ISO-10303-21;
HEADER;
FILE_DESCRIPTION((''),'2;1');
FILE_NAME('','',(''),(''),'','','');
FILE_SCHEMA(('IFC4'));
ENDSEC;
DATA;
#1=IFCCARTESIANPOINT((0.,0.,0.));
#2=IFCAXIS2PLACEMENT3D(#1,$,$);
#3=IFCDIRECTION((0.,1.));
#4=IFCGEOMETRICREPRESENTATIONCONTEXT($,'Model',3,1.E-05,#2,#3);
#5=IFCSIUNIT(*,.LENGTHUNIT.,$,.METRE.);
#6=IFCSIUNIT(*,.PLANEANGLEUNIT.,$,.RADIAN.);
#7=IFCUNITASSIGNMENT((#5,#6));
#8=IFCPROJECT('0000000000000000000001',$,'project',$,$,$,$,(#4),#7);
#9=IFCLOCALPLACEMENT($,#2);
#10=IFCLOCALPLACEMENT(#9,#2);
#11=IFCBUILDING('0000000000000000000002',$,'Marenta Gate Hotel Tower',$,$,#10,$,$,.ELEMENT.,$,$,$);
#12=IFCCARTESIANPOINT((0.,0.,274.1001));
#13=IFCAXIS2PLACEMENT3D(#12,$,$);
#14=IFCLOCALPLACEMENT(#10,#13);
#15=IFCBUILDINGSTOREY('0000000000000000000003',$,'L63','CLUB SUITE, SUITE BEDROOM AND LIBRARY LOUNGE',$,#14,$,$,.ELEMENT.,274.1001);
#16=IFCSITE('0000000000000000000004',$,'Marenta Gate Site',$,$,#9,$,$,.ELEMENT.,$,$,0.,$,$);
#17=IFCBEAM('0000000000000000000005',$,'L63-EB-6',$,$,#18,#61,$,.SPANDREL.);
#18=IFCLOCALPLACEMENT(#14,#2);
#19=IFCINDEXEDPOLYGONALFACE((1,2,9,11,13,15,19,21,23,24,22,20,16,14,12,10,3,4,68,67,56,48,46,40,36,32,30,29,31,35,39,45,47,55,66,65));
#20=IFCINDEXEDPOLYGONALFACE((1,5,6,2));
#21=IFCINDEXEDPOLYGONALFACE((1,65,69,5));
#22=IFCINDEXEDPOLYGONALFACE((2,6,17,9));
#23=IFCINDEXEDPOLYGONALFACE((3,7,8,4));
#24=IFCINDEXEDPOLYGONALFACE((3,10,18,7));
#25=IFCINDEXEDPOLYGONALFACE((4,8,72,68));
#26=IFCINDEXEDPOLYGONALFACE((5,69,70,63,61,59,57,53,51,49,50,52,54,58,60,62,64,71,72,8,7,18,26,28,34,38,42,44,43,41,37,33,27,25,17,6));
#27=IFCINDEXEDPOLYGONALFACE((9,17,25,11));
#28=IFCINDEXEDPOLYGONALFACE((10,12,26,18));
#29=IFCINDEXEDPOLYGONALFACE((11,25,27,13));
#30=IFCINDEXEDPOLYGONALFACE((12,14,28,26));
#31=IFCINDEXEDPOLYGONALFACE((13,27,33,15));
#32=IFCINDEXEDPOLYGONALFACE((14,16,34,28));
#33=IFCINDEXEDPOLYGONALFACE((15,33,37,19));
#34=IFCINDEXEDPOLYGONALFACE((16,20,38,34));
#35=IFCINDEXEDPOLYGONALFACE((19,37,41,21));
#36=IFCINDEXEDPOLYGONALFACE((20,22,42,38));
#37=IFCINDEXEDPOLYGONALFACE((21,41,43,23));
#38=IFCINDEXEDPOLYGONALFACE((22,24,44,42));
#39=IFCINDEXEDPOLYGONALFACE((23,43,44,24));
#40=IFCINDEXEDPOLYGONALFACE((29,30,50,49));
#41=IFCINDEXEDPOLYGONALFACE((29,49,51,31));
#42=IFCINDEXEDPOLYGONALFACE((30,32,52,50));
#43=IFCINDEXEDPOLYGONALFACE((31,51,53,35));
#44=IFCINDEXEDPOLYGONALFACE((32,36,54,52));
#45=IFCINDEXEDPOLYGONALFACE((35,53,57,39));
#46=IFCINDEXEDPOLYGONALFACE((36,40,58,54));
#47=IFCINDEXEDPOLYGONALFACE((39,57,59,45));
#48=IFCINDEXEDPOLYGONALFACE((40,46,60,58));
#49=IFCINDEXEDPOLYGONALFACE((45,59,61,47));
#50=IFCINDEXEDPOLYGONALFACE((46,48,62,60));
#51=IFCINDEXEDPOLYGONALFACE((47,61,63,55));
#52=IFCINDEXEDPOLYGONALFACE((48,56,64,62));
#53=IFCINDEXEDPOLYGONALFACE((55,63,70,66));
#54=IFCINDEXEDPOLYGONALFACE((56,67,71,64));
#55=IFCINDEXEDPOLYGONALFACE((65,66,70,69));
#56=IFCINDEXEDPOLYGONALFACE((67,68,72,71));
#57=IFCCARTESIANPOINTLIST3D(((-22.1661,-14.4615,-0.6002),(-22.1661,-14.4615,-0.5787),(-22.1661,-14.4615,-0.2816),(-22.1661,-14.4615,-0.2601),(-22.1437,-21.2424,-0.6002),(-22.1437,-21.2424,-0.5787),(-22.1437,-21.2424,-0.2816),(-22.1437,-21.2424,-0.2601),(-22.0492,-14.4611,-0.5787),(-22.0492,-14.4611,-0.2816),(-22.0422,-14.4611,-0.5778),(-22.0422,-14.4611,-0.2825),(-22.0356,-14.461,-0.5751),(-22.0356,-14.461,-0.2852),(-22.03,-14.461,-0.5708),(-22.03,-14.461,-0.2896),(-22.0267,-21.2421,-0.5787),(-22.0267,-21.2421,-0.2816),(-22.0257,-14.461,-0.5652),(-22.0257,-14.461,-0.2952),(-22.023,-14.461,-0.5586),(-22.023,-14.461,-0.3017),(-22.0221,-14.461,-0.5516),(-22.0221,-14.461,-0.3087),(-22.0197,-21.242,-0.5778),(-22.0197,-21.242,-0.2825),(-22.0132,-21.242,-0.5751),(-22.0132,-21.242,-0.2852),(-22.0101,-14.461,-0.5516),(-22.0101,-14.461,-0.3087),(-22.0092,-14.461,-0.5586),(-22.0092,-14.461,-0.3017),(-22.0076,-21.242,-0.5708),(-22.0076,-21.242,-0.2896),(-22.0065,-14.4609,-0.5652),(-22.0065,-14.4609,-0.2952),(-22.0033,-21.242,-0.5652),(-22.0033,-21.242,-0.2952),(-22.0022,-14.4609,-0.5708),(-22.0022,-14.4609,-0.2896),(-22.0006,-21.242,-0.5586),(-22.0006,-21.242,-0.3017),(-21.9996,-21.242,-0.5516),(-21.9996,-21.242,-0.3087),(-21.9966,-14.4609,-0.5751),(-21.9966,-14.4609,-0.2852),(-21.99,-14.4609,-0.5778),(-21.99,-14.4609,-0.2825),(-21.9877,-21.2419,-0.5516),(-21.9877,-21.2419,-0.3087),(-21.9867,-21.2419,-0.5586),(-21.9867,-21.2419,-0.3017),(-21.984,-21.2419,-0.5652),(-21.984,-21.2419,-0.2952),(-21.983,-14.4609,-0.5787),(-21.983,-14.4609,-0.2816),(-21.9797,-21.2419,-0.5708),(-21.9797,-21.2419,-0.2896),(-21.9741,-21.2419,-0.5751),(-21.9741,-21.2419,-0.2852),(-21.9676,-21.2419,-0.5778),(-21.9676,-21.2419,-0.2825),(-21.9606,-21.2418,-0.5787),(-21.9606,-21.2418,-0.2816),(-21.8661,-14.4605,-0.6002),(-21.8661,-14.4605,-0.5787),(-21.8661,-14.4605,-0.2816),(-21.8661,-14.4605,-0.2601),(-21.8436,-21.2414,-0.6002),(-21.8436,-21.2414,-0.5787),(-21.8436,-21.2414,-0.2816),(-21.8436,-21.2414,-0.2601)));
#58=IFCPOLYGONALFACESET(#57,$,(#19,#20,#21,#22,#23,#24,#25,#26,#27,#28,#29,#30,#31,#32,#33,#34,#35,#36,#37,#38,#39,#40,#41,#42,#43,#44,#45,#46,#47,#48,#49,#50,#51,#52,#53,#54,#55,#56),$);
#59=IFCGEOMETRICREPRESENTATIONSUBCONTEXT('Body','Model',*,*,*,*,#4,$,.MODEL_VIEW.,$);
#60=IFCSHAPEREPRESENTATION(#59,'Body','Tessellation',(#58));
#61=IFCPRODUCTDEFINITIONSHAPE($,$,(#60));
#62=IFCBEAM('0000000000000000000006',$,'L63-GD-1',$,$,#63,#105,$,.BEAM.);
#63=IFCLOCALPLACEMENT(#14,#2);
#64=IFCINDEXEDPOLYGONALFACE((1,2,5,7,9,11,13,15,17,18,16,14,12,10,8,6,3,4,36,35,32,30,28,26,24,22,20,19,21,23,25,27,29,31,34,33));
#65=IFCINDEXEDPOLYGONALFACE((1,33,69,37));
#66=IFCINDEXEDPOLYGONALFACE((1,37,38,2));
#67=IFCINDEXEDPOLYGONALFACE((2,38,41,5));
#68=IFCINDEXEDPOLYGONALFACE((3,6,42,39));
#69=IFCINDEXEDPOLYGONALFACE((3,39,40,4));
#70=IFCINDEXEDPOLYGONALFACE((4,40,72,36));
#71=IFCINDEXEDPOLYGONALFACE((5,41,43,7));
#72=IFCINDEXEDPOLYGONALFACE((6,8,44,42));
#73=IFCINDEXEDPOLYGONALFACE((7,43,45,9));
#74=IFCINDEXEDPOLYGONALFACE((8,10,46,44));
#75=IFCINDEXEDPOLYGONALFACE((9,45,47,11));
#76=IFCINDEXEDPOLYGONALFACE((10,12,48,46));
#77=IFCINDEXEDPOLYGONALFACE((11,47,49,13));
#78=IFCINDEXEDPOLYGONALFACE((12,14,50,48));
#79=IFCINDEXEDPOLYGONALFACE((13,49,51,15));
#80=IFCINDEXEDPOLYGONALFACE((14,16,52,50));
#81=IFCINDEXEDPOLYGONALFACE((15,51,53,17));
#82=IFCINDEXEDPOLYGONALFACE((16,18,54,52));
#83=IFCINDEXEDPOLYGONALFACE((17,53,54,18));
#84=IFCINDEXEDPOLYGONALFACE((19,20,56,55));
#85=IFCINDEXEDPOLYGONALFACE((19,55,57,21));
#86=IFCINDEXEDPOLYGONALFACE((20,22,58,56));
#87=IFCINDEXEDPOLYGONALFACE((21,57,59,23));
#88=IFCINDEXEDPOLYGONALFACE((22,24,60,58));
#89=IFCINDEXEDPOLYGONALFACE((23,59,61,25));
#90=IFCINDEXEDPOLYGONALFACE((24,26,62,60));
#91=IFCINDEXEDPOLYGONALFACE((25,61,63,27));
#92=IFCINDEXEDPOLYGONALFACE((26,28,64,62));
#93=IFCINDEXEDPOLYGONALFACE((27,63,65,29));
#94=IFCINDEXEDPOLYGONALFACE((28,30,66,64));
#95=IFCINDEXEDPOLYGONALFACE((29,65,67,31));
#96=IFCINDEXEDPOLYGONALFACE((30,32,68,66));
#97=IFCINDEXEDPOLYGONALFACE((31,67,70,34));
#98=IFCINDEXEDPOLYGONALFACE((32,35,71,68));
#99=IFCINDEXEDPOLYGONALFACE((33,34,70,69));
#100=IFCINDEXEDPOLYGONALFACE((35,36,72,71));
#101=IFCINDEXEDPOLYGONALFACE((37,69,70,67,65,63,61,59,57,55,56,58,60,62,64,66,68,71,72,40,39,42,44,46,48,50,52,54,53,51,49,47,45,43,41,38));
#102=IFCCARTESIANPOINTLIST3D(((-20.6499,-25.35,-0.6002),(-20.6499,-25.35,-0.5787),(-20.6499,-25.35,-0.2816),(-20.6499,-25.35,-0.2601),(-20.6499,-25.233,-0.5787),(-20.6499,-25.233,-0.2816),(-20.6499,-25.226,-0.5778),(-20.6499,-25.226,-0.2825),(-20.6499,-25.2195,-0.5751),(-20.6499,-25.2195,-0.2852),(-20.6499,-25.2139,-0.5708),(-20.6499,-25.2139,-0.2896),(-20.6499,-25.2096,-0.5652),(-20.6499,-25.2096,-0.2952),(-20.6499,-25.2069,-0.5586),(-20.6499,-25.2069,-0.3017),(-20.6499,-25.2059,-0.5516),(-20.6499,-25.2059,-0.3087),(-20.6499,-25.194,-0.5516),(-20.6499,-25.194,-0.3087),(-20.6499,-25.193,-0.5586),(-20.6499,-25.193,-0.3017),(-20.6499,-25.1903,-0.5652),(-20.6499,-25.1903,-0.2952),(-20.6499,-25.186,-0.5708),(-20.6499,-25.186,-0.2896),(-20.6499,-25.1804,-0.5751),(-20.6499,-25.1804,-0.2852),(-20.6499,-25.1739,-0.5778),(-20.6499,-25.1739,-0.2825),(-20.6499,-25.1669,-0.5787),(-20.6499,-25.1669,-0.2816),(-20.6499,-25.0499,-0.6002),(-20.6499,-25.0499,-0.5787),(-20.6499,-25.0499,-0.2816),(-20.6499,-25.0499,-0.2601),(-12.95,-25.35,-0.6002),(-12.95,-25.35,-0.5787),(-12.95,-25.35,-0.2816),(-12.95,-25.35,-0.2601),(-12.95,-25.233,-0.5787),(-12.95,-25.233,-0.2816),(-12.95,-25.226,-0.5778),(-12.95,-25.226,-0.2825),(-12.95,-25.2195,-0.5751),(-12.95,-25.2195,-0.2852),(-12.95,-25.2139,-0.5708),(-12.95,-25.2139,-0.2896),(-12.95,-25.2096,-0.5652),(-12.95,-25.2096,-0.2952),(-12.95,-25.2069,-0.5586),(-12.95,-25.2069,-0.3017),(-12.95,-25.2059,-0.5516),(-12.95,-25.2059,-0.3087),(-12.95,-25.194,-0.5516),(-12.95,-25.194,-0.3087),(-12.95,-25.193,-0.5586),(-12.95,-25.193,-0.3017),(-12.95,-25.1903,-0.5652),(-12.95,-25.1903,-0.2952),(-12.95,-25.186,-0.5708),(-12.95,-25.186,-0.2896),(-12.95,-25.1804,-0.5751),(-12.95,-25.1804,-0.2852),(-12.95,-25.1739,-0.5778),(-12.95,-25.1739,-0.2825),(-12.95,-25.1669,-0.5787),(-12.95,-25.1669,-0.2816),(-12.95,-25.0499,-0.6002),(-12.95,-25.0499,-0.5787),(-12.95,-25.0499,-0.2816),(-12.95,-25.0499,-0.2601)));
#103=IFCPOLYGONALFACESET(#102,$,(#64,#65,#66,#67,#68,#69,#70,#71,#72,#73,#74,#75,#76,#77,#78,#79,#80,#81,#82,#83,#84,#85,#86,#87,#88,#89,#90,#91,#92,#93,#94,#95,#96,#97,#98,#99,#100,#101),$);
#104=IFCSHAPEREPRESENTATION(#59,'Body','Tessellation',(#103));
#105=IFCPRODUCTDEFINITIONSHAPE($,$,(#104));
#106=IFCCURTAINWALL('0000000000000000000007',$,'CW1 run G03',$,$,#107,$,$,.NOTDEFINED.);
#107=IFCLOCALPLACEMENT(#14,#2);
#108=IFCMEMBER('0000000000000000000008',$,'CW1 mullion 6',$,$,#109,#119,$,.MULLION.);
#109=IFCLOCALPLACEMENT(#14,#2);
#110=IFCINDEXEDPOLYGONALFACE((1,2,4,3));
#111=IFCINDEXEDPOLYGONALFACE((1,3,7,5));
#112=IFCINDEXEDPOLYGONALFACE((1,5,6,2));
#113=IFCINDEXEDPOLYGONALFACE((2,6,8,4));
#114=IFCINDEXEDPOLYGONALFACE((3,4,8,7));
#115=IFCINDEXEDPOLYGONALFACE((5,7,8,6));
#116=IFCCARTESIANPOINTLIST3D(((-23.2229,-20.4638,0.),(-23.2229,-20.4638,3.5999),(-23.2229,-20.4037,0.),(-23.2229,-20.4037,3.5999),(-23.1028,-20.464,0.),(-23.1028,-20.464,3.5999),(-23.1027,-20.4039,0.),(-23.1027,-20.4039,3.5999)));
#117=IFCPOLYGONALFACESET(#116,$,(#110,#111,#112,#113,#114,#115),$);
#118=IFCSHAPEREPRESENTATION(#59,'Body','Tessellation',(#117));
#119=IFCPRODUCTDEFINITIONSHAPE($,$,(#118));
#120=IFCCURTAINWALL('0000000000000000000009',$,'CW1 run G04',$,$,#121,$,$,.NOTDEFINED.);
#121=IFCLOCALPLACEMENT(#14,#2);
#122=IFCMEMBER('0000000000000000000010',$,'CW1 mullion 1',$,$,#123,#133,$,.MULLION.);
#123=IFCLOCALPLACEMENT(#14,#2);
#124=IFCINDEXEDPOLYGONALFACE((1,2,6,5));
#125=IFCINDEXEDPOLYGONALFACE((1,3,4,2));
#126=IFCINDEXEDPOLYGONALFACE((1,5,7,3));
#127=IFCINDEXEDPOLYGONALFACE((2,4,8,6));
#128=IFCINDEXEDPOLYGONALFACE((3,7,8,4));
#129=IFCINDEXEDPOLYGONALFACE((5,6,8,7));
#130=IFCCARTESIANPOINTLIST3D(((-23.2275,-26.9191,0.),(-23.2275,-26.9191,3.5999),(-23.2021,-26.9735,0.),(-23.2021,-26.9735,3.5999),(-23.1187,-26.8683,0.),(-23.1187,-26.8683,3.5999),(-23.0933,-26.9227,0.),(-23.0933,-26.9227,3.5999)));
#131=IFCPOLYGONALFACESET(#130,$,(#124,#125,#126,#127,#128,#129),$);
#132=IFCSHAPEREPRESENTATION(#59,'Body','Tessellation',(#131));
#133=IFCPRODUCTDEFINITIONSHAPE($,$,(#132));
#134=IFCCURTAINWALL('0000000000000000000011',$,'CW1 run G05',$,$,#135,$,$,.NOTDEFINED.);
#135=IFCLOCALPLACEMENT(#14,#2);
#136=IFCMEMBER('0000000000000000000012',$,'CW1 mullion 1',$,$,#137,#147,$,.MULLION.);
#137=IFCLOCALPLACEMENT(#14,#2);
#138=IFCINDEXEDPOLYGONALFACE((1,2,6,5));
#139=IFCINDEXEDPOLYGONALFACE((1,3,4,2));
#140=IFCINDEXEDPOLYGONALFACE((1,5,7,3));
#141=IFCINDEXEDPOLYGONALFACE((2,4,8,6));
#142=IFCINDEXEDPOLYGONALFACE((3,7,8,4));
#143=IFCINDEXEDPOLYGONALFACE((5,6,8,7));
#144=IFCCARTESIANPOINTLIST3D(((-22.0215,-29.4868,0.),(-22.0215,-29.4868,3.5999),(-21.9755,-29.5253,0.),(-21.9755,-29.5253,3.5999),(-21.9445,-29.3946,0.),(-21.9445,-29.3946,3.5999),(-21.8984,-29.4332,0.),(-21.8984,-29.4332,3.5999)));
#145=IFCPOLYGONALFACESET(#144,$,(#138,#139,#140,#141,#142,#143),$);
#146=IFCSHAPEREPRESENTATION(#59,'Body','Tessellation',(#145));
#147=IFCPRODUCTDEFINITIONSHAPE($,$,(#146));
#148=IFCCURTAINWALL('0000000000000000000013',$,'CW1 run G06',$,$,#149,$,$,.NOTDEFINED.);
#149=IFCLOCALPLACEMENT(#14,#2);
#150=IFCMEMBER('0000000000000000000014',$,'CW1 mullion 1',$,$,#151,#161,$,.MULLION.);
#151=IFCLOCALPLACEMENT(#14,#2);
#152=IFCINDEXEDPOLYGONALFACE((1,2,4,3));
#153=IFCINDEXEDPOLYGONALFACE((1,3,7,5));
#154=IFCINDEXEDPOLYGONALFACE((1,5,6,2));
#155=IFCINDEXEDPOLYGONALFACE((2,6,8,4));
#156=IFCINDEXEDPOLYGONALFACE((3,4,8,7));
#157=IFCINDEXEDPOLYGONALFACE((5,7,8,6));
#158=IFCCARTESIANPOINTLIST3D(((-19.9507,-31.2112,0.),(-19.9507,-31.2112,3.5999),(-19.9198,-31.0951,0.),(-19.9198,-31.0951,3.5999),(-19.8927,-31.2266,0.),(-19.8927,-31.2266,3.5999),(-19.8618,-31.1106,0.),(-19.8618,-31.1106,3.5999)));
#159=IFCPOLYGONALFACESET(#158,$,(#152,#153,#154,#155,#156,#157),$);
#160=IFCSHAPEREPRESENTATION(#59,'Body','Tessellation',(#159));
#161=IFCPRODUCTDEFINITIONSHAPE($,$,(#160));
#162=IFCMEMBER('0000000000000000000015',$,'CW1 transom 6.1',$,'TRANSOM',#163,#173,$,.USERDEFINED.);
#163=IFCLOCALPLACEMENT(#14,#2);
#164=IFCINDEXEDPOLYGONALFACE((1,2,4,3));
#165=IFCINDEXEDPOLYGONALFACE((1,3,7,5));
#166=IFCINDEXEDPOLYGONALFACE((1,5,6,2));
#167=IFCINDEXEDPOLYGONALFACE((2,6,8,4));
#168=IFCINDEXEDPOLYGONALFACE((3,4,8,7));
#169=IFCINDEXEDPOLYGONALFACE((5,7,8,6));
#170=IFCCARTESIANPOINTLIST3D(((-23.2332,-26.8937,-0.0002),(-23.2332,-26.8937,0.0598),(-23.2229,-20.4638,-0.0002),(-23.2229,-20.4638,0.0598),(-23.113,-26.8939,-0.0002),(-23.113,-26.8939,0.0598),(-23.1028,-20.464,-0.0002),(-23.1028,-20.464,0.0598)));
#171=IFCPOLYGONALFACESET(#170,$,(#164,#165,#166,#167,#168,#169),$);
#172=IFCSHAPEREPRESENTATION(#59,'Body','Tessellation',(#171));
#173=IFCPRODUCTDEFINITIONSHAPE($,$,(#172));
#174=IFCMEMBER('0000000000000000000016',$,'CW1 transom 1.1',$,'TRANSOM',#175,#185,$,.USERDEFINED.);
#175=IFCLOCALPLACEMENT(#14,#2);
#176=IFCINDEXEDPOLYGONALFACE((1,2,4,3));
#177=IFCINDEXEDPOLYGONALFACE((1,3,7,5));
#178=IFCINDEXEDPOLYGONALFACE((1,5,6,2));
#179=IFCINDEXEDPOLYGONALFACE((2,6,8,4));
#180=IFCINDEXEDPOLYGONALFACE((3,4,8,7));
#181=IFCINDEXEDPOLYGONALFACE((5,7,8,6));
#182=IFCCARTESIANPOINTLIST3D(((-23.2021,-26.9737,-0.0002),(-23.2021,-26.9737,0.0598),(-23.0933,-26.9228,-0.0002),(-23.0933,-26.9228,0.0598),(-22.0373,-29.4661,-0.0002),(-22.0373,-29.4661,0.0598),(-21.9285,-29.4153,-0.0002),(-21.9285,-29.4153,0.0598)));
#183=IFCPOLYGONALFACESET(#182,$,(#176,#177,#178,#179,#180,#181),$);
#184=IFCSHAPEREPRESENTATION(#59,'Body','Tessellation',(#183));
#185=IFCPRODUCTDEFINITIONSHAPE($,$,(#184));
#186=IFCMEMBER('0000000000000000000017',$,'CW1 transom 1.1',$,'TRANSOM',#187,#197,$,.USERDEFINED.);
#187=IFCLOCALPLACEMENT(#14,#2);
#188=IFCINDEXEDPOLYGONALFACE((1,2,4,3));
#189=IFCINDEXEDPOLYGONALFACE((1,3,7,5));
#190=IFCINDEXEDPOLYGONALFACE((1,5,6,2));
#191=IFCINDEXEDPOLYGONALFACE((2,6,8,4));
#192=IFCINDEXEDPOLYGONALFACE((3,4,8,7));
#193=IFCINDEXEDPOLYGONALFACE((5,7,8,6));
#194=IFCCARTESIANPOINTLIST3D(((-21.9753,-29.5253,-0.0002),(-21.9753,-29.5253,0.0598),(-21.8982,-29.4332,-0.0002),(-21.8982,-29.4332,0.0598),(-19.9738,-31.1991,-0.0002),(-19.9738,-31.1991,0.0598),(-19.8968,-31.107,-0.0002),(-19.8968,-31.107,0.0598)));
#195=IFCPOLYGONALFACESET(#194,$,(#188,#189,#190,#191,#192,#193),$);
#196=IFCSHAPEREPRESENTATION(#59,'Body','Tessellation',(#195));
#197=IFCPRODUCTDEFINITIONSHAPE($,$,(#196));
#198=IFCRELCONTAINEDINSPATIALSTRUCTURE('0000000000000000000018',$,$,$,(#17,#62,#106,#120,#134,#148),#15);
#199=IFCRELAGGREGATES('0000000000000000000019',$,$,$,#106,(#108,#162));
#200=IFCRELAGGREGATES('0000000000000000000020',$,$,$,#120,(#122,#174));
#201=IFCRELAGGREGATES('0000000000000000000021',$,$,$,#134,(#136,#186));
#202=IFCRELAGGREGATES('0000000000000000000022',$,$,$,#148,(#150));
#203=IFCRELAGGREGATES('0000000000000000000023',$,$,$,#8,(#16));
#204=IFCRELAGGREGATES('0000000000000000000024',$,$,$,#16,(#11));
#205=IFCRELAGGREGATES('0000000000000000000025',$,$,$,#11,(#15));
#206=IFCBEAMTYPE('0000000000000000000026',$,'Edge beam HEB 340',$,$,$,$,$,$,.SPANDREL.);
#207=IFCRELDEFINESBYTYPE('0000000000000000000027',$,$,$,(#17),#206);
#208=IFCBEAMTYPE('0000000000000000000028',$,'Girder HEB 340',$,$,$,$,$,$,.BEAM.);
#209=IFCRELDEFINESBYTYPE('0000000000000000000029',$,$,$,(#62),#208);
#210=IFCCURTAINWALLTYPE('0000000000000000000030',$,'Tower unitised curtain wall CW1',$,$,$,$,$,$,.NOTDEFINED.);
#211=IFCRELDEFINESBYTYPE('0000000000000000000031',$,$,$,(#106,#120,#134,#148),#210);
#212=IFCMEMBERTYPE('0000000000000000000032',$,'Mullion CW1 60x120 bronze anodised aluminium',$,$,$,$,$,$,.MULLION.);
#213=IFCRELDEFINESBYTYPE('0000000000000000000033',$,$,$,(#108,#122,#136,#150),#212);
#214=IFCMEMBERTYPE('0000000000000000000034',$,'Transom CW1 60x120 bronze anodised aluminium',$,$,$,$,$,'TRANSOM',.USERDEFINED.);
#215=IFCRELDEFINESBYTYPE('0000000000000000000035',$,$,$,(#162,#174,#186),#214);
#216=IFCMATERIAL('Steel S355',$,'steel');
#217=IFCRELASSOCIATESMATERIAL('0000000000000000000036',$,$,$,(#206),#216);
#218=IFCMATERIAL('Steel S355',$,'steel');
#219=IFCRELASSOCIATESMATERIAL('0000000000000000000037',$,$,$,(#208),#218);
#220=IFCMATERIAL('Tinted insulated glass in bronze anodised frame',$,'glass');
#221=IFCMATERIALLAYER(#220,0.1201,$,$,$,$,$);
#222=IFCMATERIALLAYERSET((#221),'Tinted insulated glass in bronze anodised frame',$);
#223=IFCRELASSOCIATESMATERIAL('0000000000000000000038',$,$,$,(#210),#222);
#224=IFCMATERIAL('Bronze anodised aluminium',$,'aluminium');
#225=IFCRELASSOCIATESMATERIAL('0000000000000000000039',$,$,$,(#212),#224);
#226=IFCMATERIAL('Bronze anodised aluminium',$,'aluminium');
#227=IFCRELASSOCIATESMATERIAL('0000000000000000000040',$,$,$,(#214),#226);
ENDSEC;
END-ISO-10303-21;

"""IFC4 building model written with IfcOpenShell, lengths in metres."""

from ifc_helpers import new_model, si_unit, direction, frame, origin, origin_2d, place, context, subcontext, project, spatial, rectangle, i_section, extrude, material, layer, layer_set, material_profile, profile_set, type_object, element, aggregate, save


model = new_model("IFC4")

# Units and contexts
model_context = context("Model", 3, precision=1e-05, world=origin(), true_north=direction((0.0, 1.0)))
body_context = subcontext(model_context, "Body", "Model", "MODEL_VIEW")
ifc_project = project(units=[si_unit("LENGTHUNIT", "METRE"), si_unit("PLANEANGLEUNIT", "RADIAN")], contexts=[model_context])

# Site, building, storey
site_placement = place(None, origin())
site = spatial("IfcSite", under=ifc_project, at=site_placement, Name="Marenta Gate Site", CompositionType="ELEMENT", RefElevation=0.0)
building_placement = place(site_placement, origin())
building = spatial("IfcBuilding", under=site, at=building_placement, Name="Marenta Gate Hotel Tower", CompositionType="ELEMENT")
storey_placement = place(building_placement, frame((0.0, 0.0, 274.1001)))
storey = spatial("IfcBuildingStorey", under=building, at=storey_placement, Name="L63", Description="CLUB SUITE, SUITE BEDROOM AND LIBRARY LOUNGE", CompositionType="ELEMENT", Elevation=274.1001)

# Beams
ifc_material_1 = material(Name="Steel S355", Category="steel")
ifc_material_profile_1 = material_profile(ifc_material_1, i_section(OverallWidth=0.3, OverallDepth=0.3401, WebThickness=0.012, FlangeThickness=0.0215, FilletRadius=0.0271, at=origin_2d()), Name="HEB 340")
ifc_profile_set_1 = profile_set([ifc_material_profile_1], Name="Steel S355")
beam_type_1 = type_object("IfcBeamType", Name="Edge beam HEB 340", PredefinedType="SPANDREL", material=ifc_profile_set_1)
beam_1_placement = place(storey_placement, frame((-21.9937, -21.2419, -0.4302), z_axis=(-0.003312, 0.999995, 0.0), x_axis=(-0.999995, -0.003312, 0.0)))
element("IfcBeam", 1, at=beam_1_placement, inside=storey, type_object=beam_type_1, Name="L63-EB-6", PredefinedType="SPANDREL", context=body_context, shape_type="SweptSolid", body=[
    extrude(i_section(OverallWidth=0.3, OverallDepth=0.3401, WebThickness=0.012, FlangeThickness=0.0215, FilletRadius=0.0271, at=origin_2d()), origin(), (0.0, 0.0, 1.0), 6.781),
])
ifc_material_2 = material(Name="Steel S355", Category="steel")
ifc_material_profile_2 = material_profile(ifc_material_2, i_section(OverallWidth=0.3, OverallDepth=0.3401, WebThickness=0.012, FlangeThickness=0.0215, FilletRadius=0.0271, at=origin_2d()), Name="HEB 340")
ifc_profile_set_2 = profile_set([ifc_material_profile_2], Name="Steel S355")
beam_type_2 = type_object("IfcBeamType", Name="Girder HEB 340", PredefinedType="BEAM", material=ifc_profile_set_2)
beam_2_placement = place(storey_placement, frame((-20.6499, -25.2, -0.4302), z_axis=(1.0, 0.0, 0.0), x_axis=(0.0, 1.0, 0.0)))
element("IfcBeam", 2, at=beam_2_placement, inside=storey, type_object=beam_type_2, Name="L63-GD-1", PredefinedType="BEAM", context=body_context, shape_type="SweptSolid", body=[
    extrude(i_section(OverallWidth=0.3, OverallDepth=0.3401, WebThickness=0.012, FlangeThickness=0.0215, FilletRadius=0.0271, at=origin_2d()), origin(), (0.0, 0.0, 1.0), 7.7),
])

# Curtain walls, members
ifc_material_3 = material(Name="Tinted insulated glass in bronze anodised frame", Category="glass")
ifc_layer_1 = layer(ifc_material_3, 0.1201)
ifc_layer_set_1 = layer_set([ifc_layer_1], Name="Tinted insulated glass in bronze anodised frame")
curtain_wall_type = type_object("IfcCurtainWallType", Name="Tower unitised curtain wall CW1", PredefinedType="NOTDEFINED", material=ifc_layer_set_1)
curtain_wall_1_placement = place(storey_placement, origin())
curtain_wall_1 = element("IfcCurtainWall", 3, at=curtain_wall_1_placement, inside=storey, type_object=curtain_wall_type, Name="CW1 run G03", PredefinedType="NOTDEFINED")
ifc_material_4 = material(Name="Bronze anodised aluminium", Category="aluminium")
ifc_material_profile_3 = material_profile(ifc_material_4, rectangle(XDim=0.1201, YDim=0.0601, at=origin_2d()), Name="Mullion CW1 60x120 bronze anodised aluminium")
ifc_profile_set_3 = profile_set([ifc_material_profile_3], Name="Bronze anodised aluminium")
member_type_1 = type_object("IfcMemberType", Name="Mullion CW1 60x120 bronze anodised aluminium", PredefinedType="MULLION", material=ifc_profile_set_3)
member_1_placement = place(storey_placement, frame((-23.1628, -20.4338, 0.0), z_axis=(0.0, 0.0, 1.0), x_axis=(0.999999, -0.001566, 0.0)))
member_1 = element("IfcMember", 4, at=member_1_placement, type_object=member_type_1, Name="CW1 mullion 6", PredefinedType="MULLION", context=body_context, shape_type="SweptSolid", body=[
    extrude(rectangle(XDim=0.1201, YDim=0.0601, at=origin_2d()), origin(), (0.0, 0.0, 1.0), 3.5999),
])
curtain_wall_2_placement = place(storey_placement, origin())
curtain_wall_2 = element("IfcCurtainWall", 5, at=curtain_wall_2_placement, inside=storey, type_object=curtain_wall_type, Name="CW1 run G04", PredefinedType="NOTDEFINED")
member_2_placement = place(storey_placement, frame((-23.1604, -26.9209, 0.0), z_axis=(0.0, 0.0, 1.0), x_axis=(0.905972, 0.423337, 0.0)))
member_2 = element("IfcMember", 6, at=member_2_placement, type_object=member_type_1, Name="CW1 mullion 1", PredefinedType="MULLION", context=body_context, shape_type="SweptSolid", body=[
    extrude(rectangle(XDim=0.1201, YDim=0.0601, at=origin_2d()), origin(), (0.0, 0.0, 1.0), 3.5999),
])
curtain_wall_3_placement = place(storey_placement, origin())
curtain_wall_3 = element("IfcCurtainWall", 7, at=curtain_wall_3_placement, inside=storey, type_object=curtain_wall_type, Name="CW1 run G05", PredefinedType="NOTDEFINED")
member_3_placement = place(storey_placement, frame((-21.96, -29.46, 0.0), z_axis=(0.0, 0.0, 1.0), x_axis=(0.641525, 0.767102, 0.0)))
member_3 = element("IfcMember", 8, at=member_3_placement, type_object=member_type_1, Name="CW1 mullion 1", PredefinedType="MULLION", context=body_context, shape_type="SweptSolid", body=[
    extrude(rectangle(XDim=0.1201, YDim=0.0601, at=origin_2d()), origin(), (0.0, 0.0, 1.0), 3.5999),
])
curtain_wall_4_placement = place(storey_placement, origin())
curtain_wall_4 = element("IfcCurtainWall", 9, at=curtain_wall_4_placement, inside=storey, type_object=curtain_wall_type, Name="CW1 run G06", PredefinedType="NOTDEFINED")
member_4_placement = place(storey_placement, frame((-19.9062, -31.1609, 0.0), z_axis=(0.0, 0.0, 1.0), x_axis=(0.257134, 0.966376, 0.0)))
member_4 = element("IfcMember", 10, at=member_4_placement, type_object=member_type_1, Name="CW1 mullion 1", PredefinedType="MULLION", context=body_context, shape_type="SweptSolid", body=[
    extrude(rectangle(XDim=0.1201, YDim=0.0601, at=origin_2d()), origin(), (0.0, 0.0, 1.0), 3.5999),
])

# Members
ifc_material_5 = material(Name="Bronze anodised aluminium", Category="aluminium")
ifc_material_profile_4 = material_profile(ifc_material_5, rectangle(XDim=0.1201, YDim=0.0601, at=origin_2d()), Name="Transom CW1 60x120 bronze anodised aluminium")
ifc_profile_set_4 = profile_set([ifc_material_profile_4], Name="Bronze anodised aluminium")
member_type_2 = type_object("IfcMemberType", Name="Transom CW1 60x120 bronze anodised aluminium", ElementType="TRANSOM", PredefinedType="USERDEFINED", material=ifc_profile_set_4)
member_5_placement = place(storey_placement, frame((-23.1628, -20.4639, 0.0298), z_axis=(-0.001595, -0.999999, 0.0), x_axis=(0.999999, -0.001595, 0.0)))
member_5 = element("IfcMember", 11, at=member_5_placement, type_object=member_type_2, Name="CW1 transom 6.1", ObjectType="TRANSOM", PredefinedType="USERDEFINED", context=body_context, shape_type="SweptSolid", body=[
    extrude(rectangle(XDim=0.1201, YDim=0.0601, at=origin_2d()), origin(), (0.0, 0.0, 1.0), 6.4299),
])
member_6_placement = place(storey_placement, frame((-23.1477, -26.9482, 0.0298), z_axis=(0.423381, -0.905952, 0.0), x_axis=(0.905952, 0.423381, 0.0)))
member_6 = element("IfcMember", 12, at=member_6_placement, type_object=member_type_2, Name="CW1 transom 1.1", ObjectType="TRANSOM", PredefinedType="USERDEFINED", context=body_context, shape_type="SweptSolid", body=[
    extrude(rectangle(XDim=0.1201, YDim=0.0601, at=origin_2d()), origin(), (0.0, 0.0, 1.0), 2.7512),
])
member_7_placement = place(storey_placement, frame((-21.9368, -29.4792, 0.0298), z_axis=(0.7671, -0.641527, 0.0), x_axis=(0.641527, 0.7671, 0.0)))
member_7 = element("IfcMember", 13, at=member_7_placement, type_object=member_type_2, Name="CW1 transom 1.1", ObjectType="TRANSOM", PredefinedType="USERDEFINED", context=body_context, shape_type="SweptSolid", body=[
    extrude(rectangle(XDim=0.1201, YDim=0.0601, at=origin_2d()), origin(), (0.0, 0.0, 1.0), 2.6091),
])

aggregate(curtain_wall_1, [member_1, member_5])
aggregate(curtain_wall_2, [member_2, member_6])
aggregate(curtain_wall_3, [member_3, member_7])
aggregate(curtain_wall_4, [member_4])

save(model, "model.ifc")
